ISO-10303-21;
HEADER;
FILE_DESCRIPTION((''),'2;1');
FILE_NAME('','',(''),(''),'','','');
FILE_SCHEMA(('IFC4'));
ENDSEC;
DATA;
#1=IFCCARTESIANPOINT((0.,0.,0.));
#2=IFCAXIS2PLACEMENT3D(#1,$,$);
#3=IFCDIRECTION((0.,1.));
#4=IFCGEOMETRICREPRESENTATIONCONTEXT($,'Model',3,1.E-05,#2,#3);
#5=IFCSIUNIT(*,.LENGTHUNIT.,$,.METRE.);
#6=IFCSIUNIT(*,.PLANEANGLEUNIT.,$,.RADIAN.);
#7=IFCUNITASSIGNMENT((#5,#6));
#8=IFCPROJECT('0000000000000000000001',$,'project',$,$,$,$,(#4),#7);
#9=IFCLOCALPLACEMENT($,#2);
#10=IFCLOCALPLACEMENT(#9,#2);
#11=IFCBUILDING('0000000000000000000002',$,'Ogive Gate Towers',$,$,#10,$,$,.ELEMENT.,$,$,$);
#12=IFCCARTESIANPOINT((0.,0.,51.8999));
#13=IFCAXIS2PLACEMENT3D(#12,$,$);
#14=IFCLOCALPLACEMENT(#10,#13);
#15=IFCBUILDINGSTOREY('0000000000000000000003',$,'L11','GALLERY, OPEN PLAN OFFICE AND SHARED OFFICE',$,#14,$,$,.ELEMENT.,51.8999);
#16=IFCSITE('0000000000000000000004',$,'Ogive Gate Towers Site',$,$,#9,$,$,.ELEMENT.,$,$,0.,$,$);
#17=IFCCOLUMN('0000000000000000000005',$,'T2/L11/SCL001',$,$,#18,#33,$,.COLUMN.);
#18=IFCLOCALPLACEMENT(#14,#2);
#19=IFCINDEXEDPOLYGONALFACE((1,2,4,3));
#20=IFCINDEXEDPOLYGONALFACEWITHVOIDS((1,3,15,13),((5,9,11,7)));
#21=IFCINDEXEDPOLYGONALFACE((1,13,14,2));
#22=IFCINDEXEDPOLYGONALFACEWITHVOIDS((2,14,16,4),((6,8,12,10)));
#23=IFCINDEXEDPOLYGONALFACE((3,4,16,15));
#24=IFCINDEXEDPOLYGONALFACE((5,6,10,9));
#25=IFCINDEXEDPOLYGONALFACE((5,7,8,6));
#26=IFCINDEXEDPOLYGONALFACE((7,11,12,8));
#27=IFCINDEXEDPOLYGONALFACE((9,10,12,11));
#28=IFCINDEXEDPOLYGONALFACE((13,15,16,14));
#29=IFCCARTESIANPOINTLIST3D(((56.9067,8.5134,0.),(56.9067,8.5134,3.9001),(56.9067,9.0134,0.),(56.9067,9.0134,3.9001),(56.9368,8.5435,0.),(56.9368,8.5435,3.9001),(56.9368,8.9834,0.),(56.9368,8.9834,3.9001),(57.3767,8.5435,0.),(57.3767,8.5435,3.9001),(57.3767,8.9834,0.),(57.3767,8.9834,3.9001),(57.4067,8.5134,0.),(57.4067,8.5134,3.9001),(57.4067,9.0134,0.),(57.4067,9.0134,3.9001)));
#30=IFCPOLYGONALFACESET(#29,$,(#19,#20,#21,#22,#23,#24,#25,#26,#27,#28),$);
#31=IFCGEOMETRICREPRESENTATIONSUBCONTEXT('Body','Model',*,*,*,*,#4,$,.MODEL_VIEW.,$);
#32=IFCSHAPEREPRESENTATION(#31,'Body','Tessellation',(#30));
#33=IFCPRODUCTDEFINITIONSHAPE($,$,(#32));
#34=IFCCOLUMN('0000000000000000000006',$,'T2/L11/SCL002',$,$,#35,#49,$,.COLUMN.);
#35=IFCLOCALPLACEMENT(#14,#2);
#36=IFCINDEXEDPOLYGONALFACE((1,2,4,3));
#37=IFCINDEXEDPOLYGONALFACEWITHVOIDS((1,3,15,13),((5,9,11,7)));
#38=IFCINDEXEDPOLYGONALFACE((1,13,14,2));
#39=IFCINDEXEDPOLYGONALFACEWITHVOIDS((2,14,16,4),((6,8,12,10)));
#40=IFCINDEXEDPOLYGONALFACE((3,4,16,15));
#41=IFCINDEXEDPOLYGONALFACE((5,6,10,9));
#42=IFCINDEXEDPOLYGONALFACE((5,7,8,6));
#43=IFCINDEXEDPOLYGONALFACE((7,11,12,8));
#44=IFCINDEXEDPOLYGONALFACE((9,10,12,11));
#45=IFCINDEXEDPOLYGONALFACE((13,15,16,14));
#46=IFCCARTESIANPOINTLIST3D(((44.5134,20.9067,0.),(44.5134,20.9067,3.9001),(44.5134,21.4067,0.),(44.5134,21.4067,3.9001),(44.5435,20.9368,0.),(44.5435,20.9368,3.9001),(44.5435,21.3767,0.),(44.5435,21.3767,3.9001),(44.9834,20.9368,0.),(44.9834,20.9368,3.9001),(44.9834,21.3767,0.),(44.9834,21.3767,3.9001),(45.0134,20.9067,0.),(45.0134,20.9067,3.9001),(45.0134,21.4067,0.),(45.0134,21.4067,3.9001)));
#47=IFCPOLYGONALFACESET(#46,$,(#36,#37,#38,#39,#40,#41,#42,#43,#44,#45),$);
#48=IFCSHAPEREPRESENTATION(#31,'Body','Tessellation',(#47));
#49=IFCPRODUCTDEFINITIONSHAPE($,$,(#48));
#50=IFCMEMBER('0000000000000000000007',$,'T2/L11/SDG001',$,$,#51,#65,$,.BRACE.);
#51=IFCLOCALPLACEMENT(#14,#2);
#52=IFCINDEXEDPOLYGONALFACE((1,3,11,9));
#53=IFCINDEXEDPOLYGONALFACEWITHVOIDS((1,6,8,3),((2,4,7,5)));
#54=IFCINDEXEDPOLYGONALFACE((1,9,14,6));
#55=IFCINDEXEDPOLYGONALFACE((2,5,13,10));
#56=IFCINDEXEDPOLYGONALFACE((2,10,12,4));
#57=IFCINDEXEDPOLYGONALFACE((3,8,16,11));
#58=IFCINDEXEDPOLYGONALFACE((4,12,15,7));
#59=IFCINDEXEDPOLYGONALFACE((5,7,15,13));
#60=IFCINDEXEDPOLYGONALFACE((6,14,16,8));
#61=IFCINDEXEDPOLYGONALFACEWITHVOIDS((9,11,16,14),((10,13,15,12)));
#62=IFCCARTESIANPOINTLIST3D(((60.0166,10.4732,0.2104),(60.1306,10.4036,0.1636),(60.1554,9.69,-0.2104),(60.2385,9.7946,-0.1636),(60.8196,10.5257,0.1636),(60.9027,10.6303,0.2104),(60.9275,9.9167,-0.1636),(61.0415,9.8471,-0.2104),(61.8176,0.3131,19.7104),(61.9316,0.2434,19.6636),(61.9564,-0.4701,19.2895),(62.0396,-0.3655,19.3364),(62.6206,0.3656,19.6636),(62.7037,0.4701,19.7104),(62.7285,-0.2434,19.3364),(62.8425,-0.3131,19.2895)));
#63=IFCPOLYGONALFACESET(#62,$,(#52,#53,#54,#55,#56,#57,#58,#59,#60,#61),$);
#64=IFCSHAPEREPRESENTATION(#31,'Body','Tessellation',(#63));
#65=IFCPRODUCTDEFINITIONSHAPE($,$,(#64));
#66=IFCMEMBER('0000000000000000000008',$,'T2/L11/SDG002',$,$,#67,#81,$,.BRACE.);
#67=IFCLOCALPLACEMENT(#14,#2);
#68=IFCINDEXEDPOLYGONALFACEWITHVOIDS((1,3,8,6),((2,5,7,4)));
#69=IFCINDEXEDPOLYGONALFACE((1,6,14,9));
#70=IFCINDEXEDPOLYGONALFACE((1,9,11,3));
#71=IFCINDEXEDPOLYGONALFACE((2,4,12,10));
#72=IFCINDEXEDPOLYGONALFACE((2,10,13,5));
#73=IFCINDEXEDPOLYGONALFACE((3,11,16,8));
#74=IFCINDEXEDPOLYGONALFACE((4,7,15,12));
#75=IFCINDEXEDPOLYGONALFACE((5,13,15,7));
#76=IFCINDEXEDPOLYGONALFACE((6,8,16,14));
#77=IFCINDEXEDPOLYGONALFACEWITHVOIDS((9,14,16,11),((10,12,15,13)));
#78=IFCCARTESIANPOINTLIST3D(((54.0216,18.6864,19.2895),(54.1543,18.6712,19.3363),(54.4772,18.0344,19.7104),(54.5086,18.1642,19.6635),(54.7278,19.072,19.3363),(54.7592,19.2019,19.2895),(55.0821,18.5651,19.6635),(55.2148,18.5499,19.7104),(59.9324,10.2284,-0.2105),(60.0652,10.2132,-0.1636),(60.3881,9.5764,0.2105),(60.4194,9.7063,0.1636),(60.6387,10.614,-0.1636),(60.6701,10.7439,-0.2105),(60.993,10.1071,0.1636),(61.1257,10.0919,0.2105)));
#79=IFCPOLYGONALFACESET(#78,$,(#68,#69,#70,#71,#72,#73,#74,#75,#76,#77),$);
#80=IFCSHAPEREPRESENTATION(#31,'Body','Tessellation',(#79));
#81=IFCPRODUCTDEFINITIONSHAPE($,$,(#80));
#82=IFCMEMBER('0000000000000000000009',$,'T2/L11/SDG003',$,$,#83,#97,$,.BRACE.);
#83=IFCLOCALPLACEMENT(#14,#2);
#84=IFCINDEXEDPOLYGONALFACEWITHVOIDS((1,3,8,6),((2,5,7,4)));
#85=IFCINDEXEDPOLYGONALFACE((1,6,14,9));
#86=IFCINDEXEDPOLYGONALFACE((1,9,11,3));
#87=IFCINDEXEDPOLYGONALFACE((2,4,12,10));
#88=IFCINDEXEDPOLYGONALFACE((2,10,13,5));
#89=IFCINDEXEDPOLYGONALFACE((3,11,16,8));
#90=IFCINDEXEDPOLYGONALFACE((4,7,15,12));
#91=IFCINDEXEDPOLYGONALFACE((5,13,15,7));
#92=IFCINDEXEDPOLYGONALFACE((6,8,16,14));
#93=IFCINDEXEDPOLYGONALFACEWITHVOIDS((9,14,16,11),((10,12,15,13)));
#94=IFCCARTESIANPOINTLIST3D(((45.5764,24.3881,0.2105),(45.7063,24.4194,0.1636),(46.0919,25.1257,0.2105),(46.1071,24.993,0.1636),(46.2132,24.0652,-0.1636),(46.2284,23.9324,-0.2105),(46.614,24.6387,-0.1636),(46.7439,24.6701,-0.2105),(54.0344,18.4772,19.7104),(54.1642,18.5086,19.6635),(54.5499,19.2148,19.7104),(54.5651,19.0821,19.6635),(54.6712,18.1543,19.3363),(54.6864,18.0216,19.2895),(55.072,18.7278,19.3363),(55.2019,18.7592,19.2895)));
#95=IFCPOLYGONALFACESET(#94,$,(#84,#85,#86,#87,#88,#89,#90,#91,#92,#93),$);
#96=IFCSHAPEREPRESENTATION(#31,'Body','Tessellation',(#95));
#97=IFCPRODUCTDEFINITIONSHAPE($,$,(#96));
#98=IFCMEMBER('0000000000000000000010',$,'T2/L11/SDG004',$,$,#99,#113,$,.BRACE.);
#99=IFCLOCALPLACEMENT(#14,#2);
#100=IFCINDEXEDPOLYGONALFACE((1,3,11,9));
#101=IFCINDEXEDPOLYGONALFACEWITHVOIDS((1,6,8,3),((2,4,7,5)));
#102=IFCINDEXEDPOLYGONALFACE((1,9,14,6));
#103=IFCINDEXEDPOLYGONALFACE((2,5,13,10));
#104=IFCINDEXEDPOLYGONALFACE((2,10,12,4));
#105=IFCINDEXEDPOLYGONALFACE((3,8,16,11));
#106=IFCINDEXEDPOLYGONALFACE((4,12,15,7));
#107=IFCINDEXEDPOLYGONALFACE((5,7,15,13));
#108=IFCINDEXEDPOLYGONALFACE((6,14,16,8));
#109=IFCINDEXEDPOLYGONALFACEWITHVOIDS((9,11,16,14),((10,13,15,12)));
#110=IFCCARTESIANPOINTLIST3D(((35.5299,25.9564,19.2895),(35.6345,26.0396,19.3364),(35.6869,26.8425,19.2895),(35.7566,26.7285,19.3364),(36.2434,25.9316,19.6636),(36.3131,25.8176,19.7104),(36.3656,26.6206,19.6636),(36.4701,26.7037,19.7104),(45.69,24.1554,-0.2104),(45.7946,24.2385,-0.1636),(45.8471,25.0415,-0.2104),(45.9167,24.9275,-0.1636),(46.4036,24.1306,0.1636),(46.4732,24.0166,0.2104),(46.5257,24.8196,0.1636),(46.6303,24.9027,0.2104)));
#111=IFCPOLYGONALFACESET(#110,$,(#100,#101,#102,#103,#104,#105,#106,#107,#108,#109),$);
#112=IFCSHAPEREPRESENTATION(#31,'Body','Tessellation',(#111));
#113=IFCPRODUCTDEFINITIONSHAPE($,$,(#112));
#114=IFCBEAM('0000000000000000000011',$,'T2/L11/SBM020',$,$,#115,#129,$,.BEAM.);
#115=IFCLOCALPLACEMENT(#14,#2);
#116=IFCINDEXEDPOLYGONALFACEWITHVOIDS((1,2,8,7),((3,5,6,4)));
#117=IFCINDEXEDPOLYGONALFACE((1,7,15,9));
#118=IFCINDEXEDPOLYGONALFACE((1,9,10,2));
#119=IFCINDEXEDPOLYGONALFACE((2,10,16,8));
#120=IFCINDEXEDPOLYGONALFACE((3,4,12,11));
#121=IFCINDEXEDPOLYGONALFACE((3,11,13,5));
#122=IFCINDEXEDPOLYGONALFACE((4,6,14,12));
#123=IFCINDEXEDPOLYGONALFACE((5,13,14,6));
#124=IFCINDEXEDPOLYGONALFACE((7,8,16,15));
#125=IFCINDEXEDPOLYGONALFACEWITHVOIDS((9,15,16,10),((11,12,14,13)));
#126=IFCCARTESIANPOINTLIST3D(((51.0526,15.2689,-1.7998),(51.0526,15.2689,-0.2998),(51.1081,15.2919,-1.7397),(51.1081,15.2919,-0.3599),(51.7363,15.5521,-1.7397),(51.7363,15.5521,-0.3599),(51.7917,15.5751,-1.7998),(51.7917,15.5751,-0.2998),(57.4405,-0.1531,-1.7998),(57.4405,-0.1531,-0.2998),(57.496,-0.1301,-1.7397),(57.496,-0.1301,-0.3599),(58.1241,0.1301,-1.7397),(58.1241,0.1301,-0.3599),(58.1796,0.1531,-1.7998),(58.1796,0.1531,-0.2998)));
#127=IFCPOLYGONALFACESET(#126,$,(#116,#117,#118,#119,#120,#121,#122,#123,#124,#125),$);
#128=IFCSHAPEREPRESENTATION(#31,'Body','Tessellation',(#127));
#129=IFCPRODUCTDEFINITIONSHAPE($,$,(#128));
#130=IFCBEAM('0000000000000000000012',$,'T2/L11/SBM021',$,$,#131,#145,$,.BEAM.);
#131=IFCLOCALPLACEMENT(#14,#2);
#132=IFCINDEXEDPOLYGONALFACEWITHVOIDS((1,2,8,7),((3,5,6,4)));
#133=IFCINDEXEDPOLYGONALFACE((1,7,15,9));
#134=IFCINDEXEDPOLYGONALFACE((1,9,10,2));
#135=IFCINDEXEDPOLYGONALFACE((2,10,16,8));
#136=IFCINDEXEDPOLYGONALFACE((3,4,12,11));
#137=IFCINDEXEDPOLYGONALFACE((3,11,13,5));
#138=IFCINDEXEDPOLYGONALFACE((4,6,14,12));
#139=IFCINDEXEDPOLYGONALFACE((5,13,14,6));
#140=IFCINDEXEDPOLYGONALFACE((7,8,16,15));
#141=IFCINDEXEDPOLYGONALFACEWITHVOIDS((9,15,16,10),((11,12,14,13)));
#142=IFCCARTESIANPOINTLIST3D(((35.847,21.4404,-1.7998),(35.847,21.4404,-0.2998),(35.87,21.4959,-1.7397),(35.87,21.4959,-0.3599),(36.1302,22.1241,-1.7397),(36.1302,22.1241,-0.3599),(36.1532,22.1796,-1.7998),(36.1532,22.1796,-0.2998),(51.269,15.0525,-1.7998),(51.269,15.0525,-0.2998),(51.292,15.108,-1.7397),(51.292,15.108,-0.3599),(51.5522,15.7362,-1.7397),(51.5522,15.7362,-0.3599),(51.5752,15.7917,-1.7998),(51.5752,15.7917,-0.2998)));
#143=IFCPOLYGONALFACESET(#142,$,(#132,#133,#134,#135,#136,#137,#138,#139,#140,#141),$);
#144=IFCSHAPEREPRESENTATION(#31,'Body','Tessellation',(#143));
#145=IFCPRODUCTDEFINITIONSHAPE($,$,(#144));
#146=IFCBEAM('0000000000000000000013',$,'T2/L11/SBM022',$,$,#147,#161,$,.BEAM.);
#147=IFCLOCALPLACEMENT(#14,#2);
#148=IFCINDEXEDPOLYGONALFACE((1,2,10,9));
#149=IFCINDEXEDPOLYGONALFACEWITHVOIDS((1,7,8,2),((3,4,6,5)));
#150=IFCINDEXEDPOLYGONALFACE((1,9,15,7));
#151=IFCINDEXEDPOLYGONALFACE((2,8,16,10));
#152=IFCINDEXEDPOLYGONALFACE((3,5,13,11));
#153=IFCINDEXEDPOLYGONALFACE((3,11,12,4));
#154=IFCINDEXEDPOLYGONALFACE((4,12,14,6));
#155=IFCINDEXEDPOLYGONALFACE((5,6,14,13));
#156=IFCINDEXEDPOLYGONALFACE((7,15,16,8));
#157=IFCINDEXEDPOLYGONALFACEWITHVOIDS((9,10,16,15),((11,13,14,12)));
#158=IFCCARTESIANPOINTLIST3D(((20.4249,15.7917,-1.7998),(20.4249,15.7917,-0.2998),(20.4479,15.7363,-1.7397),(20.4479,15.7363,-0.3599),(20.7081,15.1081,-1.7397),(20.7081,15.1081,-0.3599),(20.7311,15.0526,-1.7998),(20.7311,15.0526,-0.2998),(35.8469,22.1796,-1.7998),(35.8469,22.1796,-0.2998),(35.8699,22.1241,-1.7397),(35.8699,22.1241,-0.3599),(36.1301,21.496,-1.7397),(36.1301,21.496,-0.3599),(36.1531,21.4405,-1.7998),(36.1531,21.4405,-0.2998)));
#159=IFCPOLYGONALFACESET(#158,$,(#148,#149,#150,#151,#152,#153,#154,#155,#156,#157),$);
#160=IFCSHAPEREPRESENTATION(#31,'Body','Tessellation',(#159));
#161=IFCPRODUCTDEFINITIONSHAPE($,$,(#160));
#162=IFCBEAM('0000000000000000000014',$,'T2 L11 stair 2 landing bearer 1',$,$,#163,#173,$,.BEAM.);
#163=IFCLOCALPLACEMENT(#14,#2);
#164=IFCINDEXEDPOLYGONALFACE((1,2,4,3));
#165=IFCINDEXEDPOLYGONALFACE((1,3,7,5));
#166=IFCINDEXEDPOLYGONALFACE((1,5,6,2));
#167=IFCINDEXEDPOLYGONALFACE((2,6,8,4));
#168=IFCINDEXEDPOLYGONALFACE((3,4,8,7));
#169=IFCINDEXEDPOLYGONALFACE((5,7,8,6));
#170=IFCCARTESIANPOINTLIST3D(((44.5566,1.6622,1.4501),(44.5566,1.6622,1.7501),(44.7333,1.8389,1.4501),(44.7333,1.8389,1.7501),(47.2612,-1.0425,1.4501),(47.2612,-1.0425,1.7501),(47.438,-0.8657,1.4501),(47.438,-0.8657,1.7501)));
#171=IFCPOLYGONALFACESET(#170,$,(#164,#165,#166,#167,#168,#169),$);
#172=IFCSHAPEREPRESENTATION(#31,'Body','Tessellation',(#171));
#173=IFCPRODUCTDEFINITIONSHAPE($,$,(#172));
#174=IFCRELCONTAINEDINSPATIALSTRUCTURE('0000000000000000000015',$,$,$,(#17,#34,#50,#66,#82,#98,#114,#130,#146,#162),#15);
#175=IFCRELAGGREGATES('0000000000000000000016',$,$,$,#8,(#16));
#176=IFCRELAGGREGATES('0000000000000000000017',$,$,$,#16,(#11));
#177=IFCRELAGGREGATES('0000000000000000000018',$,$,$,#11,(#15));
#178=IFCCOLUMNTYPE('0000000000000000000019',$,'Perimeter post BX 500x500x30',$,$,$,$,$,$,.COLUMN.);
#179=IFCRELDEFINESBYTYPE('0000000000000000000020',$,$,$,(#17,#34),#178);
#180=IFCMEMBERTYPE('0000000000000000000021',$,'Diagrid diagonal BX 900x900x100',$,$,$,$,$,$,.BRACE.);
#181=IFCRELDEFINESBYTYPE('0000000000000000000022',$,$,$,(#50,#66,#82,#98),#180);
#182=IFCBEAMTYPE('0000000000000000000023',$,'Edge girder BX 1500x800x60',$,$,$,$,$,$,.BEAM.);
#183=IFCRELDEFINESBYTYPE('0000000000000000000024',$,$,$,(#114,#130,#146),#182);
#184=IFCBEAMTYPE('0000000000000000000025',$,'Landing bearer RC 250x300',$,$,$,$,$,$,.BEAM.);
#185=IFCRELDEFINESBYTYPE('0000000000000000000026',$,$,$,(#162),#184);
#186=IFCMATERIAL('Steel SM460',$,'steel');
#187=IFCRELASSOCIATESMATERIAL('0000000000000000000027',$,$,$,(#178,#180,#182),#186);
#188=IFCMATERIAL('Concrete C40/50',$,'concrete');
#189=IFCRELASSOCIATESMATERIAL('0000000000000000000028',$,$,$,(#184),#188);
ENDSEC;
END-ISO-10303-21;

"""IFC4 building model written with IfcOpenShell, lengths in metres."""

from ifc_helpers import new_model, si_unit, direction, frame, origin, origin_2d, place, context, subcontext, project, spatial, rectangle, hollow_rectangle, extrude, material, material_profile, profile_set, type_object, element, save


model = new_model("IFC4")

# Units and contexts
model_context = context("Model", 3, precision=1e-05, world=origin(), true_north=direction((0.0, 1.0)))
body_context = subcontext(model_context, "Body", "Model", "MODEL_VIEW")
ifc_project = project(units=[si_unit("LENGTHUNIT", "METRE"), si_unit("PLANEANGLEUNIT", "RADIAN")], contexts=[model_context])

# Site, building, storey
site_placement = place(None, origin())
site = spatial("IfcSite", under=ifc_project, at=site_placement, Name="Ogive Gate Towers Site", CompositionType="ELEMENT", RefElevation=0.0)
building_placement = place(site_placement, origin())
building = spatial("IfcBuilding", under=site, at=building_placement, Name="Ogive Gate Towers", CompositionType="ELEMENT")
storey_placement = place(building_placement, frame((0.0, 0.0, 51.8999)))
storey = spatial("IfcBuildingStorey", under=building, at=storey_placement, Name="L11", Description="GALLERY, OPEN PLAN OFFICE AND SHARED OFFICE", CompositionType="ELEMENT", Elevation=51.8999)

# Columns
ifc_material_1 = material(Name="Steel SM460", Category="steel")
ifc_material_profile_1 = material_profile(ifc_material_1, hollow_rectangle(XDim=0.5, YDim=0.5, WallThickness=0.03, at=origin_2d()), Name="BX 500x500x30")
ifc_profile_set_1 = profile_set([ifc_material_profile_1], Name="Steel SM460")
column_type = type_object("IfcColumnType", Name="Perimeter post BX 500x500x30", PredefinedType="COLUMN", material=ifc_profile_set_1)
for number, where, z_axis, x_axis, name in (
    (1, (57.1567, 8.7634, 0.0), (0.0, 0.0, 1.0), (1.0, 0.0, 0.0), "T2/L11/SCL001"),
    (2, (44.7634, 21.1567, 0.0), (0.0, 0.0, 1.0), (1.0, 0.0, 0.0), "T2/L11/SCL002"),
):
    element("IfcColumn", number, at=place(storey_placement, frame(where, z_axis=z_axis, x_axis=x_axis)), inside=storey, type_object=column_type, Name=name, PredefinedType="COLUMN", context=body_context, shape_type="SweptSolid", body=[
        extrude(hollow_rectangle(XDim=0.5, YDim=0.5, WallThickness=0.03, at=origin_2d()), origin(), (0.0, 0.0, 1.0), 3.9001),
    ])

# Members
ifc_material_profile_2 = material_profile(ifc_material_1, hollow_rectangle(XDim=0.8999, YDim=0.8999, WallThickness=0.1001, at=origin_2d()), Name="BX 900x900x100")
ifc_profile_set_2 = profile_set([ifc_material_profile_2], Name="Steel SM460")
member_type = type_object("IfcMemberType", Name="Diagrid diagonal BX 900x900x100", PredefinedType="BRACE", material=ifc_profile_set_2)
for number, where, z_axis, x_axis, name in (
    (3, (60.5291, 10.1602, 0.0), (0.081636, -0.460532, 0.883881), (0.98465, 0.174542, 0.0), "T2/L11/SDG001"),
    (4, (60.5291, 10.1602, 0.0), (-0.267923, 0.383377, 0.883878), (-0.819674, -0.57283, 0.0), "T2/L11/SDG002"),
    (5, (46.1602, 24.5291, 0.0), (0.383377, -0.267923, 0.883878), (0.57283, 0.819674, 0.0), "T2/L11/SDG003"),
    (6, (46.1602, 24.5291, 0.0), (-0.460532, 0.081636, 0.883881), (-0.174542, -0.98465, 0.0), "T2/L11/SDG004"),
):
    element("IfcMember", number, at=place(storey_placement, frame(where, z_axis=z_axis, x_axis=x_axis)), inside=storey, type_object=member_type, Name=name, PredefinedType="BRACE", context=body_context, shape_type="SweptSolid", body=[
        extrude(hollow_rectangle(XDim=0.8999, YDim=0.8999, WallThickness=0.1001, at=origin_2d()), origin(), (0.0, 0.0, 1.0), 22.0618),
    ])

# Beams
ifc_material_profile_3 = material_profile(ifc_material_1, hollow_rectangle(XDim=0.8, YDim=1.5, WallThickness=0.0601, at=origin_2d()), Name="BX 1500x800x60")
ifc_profile_set_3 = profile_set([ifc_material_profile_3], Name="Steel SM460")
beam_type_1 = type_object("IfcBeamType", Name="Edge girder BX 1500x800x60", PredefinedType="BEAM", material=ifc_profile_set_3)
for number, where, z_axis, x_axis, name in (
    (7, (57.8101, 0.0, -1.0498), (-0.382678, 0.923882, 0.0), (-0.923882, -0.382678, 0.0), "T2/L11/SBM020"),
    (8, (51.4221, 15.4221, -1.0498), (-0.923882, 0.382678, 0.0), (-0.382678, -0.923882, 0.0), "T2/L11/SBM021"),
    (9, (36.0, 21.8101, -1.0498), (-0.923882, -0.382678, 0.0), (0.382678, -0.923882, 0.0), "T2/L11/SBM022"),
):
    element("IfcBeam", number, at=place(storey_placement, frame(where, z_axis=z_axis, x_axis=x_axis)), inside=storey, type_object=beam_type_1, Name=name, PredefinedType="BEAM", context=body_context, shape_type="SweptSolid", body=[
        extrude(hollow_rectangle(XDim=0.8, YDim=1.5, WallThickness=0.0601, at=origin_2d()), origin(), (0.0, 0.0, 1.0), 16.6926),
    ])
ifc_material_2 = material(Name="Concrete C40/50", Category="concrete")
ifc_material_profile_4 = material_profile(ifc_material_2, rectangle(XDim=0.25, YDim=0.3, at=origin_2d()), Name="RC 250x300")
ifc_profile_set_4 = profile_set([ifc_material_profile_4], Name="Concrete C40/50")
beam_type_2 = type_object("IfcBeamType", Name="Landing bearer RC 250x300", PredefinedType="BEAM", material=ifc_profile_set_4)
beam_1_placement = place(storey_placement, frame((47.3496, -0.9541, 1.6001), z_axis=(-0.707107, 0.707107, 0.0), x_axis=(-0.707107, -0.707107, 0.0)))
element("IfcBeam", 10, at=beam_1_placement, inside=storey, type_object=beam_type_2, Name="T2 L11 stair 2 landing bearer 1", PredefinedType="BEAM", context=body_context, shape_type="SweptSolid", body=[
    extrude(rectangle(XDim=0.25, YDim=0.3, at=origin_2d()), origin(), (0.0, 0.0, 1.0), 3.825),
])

save(model, "model.ifc")
